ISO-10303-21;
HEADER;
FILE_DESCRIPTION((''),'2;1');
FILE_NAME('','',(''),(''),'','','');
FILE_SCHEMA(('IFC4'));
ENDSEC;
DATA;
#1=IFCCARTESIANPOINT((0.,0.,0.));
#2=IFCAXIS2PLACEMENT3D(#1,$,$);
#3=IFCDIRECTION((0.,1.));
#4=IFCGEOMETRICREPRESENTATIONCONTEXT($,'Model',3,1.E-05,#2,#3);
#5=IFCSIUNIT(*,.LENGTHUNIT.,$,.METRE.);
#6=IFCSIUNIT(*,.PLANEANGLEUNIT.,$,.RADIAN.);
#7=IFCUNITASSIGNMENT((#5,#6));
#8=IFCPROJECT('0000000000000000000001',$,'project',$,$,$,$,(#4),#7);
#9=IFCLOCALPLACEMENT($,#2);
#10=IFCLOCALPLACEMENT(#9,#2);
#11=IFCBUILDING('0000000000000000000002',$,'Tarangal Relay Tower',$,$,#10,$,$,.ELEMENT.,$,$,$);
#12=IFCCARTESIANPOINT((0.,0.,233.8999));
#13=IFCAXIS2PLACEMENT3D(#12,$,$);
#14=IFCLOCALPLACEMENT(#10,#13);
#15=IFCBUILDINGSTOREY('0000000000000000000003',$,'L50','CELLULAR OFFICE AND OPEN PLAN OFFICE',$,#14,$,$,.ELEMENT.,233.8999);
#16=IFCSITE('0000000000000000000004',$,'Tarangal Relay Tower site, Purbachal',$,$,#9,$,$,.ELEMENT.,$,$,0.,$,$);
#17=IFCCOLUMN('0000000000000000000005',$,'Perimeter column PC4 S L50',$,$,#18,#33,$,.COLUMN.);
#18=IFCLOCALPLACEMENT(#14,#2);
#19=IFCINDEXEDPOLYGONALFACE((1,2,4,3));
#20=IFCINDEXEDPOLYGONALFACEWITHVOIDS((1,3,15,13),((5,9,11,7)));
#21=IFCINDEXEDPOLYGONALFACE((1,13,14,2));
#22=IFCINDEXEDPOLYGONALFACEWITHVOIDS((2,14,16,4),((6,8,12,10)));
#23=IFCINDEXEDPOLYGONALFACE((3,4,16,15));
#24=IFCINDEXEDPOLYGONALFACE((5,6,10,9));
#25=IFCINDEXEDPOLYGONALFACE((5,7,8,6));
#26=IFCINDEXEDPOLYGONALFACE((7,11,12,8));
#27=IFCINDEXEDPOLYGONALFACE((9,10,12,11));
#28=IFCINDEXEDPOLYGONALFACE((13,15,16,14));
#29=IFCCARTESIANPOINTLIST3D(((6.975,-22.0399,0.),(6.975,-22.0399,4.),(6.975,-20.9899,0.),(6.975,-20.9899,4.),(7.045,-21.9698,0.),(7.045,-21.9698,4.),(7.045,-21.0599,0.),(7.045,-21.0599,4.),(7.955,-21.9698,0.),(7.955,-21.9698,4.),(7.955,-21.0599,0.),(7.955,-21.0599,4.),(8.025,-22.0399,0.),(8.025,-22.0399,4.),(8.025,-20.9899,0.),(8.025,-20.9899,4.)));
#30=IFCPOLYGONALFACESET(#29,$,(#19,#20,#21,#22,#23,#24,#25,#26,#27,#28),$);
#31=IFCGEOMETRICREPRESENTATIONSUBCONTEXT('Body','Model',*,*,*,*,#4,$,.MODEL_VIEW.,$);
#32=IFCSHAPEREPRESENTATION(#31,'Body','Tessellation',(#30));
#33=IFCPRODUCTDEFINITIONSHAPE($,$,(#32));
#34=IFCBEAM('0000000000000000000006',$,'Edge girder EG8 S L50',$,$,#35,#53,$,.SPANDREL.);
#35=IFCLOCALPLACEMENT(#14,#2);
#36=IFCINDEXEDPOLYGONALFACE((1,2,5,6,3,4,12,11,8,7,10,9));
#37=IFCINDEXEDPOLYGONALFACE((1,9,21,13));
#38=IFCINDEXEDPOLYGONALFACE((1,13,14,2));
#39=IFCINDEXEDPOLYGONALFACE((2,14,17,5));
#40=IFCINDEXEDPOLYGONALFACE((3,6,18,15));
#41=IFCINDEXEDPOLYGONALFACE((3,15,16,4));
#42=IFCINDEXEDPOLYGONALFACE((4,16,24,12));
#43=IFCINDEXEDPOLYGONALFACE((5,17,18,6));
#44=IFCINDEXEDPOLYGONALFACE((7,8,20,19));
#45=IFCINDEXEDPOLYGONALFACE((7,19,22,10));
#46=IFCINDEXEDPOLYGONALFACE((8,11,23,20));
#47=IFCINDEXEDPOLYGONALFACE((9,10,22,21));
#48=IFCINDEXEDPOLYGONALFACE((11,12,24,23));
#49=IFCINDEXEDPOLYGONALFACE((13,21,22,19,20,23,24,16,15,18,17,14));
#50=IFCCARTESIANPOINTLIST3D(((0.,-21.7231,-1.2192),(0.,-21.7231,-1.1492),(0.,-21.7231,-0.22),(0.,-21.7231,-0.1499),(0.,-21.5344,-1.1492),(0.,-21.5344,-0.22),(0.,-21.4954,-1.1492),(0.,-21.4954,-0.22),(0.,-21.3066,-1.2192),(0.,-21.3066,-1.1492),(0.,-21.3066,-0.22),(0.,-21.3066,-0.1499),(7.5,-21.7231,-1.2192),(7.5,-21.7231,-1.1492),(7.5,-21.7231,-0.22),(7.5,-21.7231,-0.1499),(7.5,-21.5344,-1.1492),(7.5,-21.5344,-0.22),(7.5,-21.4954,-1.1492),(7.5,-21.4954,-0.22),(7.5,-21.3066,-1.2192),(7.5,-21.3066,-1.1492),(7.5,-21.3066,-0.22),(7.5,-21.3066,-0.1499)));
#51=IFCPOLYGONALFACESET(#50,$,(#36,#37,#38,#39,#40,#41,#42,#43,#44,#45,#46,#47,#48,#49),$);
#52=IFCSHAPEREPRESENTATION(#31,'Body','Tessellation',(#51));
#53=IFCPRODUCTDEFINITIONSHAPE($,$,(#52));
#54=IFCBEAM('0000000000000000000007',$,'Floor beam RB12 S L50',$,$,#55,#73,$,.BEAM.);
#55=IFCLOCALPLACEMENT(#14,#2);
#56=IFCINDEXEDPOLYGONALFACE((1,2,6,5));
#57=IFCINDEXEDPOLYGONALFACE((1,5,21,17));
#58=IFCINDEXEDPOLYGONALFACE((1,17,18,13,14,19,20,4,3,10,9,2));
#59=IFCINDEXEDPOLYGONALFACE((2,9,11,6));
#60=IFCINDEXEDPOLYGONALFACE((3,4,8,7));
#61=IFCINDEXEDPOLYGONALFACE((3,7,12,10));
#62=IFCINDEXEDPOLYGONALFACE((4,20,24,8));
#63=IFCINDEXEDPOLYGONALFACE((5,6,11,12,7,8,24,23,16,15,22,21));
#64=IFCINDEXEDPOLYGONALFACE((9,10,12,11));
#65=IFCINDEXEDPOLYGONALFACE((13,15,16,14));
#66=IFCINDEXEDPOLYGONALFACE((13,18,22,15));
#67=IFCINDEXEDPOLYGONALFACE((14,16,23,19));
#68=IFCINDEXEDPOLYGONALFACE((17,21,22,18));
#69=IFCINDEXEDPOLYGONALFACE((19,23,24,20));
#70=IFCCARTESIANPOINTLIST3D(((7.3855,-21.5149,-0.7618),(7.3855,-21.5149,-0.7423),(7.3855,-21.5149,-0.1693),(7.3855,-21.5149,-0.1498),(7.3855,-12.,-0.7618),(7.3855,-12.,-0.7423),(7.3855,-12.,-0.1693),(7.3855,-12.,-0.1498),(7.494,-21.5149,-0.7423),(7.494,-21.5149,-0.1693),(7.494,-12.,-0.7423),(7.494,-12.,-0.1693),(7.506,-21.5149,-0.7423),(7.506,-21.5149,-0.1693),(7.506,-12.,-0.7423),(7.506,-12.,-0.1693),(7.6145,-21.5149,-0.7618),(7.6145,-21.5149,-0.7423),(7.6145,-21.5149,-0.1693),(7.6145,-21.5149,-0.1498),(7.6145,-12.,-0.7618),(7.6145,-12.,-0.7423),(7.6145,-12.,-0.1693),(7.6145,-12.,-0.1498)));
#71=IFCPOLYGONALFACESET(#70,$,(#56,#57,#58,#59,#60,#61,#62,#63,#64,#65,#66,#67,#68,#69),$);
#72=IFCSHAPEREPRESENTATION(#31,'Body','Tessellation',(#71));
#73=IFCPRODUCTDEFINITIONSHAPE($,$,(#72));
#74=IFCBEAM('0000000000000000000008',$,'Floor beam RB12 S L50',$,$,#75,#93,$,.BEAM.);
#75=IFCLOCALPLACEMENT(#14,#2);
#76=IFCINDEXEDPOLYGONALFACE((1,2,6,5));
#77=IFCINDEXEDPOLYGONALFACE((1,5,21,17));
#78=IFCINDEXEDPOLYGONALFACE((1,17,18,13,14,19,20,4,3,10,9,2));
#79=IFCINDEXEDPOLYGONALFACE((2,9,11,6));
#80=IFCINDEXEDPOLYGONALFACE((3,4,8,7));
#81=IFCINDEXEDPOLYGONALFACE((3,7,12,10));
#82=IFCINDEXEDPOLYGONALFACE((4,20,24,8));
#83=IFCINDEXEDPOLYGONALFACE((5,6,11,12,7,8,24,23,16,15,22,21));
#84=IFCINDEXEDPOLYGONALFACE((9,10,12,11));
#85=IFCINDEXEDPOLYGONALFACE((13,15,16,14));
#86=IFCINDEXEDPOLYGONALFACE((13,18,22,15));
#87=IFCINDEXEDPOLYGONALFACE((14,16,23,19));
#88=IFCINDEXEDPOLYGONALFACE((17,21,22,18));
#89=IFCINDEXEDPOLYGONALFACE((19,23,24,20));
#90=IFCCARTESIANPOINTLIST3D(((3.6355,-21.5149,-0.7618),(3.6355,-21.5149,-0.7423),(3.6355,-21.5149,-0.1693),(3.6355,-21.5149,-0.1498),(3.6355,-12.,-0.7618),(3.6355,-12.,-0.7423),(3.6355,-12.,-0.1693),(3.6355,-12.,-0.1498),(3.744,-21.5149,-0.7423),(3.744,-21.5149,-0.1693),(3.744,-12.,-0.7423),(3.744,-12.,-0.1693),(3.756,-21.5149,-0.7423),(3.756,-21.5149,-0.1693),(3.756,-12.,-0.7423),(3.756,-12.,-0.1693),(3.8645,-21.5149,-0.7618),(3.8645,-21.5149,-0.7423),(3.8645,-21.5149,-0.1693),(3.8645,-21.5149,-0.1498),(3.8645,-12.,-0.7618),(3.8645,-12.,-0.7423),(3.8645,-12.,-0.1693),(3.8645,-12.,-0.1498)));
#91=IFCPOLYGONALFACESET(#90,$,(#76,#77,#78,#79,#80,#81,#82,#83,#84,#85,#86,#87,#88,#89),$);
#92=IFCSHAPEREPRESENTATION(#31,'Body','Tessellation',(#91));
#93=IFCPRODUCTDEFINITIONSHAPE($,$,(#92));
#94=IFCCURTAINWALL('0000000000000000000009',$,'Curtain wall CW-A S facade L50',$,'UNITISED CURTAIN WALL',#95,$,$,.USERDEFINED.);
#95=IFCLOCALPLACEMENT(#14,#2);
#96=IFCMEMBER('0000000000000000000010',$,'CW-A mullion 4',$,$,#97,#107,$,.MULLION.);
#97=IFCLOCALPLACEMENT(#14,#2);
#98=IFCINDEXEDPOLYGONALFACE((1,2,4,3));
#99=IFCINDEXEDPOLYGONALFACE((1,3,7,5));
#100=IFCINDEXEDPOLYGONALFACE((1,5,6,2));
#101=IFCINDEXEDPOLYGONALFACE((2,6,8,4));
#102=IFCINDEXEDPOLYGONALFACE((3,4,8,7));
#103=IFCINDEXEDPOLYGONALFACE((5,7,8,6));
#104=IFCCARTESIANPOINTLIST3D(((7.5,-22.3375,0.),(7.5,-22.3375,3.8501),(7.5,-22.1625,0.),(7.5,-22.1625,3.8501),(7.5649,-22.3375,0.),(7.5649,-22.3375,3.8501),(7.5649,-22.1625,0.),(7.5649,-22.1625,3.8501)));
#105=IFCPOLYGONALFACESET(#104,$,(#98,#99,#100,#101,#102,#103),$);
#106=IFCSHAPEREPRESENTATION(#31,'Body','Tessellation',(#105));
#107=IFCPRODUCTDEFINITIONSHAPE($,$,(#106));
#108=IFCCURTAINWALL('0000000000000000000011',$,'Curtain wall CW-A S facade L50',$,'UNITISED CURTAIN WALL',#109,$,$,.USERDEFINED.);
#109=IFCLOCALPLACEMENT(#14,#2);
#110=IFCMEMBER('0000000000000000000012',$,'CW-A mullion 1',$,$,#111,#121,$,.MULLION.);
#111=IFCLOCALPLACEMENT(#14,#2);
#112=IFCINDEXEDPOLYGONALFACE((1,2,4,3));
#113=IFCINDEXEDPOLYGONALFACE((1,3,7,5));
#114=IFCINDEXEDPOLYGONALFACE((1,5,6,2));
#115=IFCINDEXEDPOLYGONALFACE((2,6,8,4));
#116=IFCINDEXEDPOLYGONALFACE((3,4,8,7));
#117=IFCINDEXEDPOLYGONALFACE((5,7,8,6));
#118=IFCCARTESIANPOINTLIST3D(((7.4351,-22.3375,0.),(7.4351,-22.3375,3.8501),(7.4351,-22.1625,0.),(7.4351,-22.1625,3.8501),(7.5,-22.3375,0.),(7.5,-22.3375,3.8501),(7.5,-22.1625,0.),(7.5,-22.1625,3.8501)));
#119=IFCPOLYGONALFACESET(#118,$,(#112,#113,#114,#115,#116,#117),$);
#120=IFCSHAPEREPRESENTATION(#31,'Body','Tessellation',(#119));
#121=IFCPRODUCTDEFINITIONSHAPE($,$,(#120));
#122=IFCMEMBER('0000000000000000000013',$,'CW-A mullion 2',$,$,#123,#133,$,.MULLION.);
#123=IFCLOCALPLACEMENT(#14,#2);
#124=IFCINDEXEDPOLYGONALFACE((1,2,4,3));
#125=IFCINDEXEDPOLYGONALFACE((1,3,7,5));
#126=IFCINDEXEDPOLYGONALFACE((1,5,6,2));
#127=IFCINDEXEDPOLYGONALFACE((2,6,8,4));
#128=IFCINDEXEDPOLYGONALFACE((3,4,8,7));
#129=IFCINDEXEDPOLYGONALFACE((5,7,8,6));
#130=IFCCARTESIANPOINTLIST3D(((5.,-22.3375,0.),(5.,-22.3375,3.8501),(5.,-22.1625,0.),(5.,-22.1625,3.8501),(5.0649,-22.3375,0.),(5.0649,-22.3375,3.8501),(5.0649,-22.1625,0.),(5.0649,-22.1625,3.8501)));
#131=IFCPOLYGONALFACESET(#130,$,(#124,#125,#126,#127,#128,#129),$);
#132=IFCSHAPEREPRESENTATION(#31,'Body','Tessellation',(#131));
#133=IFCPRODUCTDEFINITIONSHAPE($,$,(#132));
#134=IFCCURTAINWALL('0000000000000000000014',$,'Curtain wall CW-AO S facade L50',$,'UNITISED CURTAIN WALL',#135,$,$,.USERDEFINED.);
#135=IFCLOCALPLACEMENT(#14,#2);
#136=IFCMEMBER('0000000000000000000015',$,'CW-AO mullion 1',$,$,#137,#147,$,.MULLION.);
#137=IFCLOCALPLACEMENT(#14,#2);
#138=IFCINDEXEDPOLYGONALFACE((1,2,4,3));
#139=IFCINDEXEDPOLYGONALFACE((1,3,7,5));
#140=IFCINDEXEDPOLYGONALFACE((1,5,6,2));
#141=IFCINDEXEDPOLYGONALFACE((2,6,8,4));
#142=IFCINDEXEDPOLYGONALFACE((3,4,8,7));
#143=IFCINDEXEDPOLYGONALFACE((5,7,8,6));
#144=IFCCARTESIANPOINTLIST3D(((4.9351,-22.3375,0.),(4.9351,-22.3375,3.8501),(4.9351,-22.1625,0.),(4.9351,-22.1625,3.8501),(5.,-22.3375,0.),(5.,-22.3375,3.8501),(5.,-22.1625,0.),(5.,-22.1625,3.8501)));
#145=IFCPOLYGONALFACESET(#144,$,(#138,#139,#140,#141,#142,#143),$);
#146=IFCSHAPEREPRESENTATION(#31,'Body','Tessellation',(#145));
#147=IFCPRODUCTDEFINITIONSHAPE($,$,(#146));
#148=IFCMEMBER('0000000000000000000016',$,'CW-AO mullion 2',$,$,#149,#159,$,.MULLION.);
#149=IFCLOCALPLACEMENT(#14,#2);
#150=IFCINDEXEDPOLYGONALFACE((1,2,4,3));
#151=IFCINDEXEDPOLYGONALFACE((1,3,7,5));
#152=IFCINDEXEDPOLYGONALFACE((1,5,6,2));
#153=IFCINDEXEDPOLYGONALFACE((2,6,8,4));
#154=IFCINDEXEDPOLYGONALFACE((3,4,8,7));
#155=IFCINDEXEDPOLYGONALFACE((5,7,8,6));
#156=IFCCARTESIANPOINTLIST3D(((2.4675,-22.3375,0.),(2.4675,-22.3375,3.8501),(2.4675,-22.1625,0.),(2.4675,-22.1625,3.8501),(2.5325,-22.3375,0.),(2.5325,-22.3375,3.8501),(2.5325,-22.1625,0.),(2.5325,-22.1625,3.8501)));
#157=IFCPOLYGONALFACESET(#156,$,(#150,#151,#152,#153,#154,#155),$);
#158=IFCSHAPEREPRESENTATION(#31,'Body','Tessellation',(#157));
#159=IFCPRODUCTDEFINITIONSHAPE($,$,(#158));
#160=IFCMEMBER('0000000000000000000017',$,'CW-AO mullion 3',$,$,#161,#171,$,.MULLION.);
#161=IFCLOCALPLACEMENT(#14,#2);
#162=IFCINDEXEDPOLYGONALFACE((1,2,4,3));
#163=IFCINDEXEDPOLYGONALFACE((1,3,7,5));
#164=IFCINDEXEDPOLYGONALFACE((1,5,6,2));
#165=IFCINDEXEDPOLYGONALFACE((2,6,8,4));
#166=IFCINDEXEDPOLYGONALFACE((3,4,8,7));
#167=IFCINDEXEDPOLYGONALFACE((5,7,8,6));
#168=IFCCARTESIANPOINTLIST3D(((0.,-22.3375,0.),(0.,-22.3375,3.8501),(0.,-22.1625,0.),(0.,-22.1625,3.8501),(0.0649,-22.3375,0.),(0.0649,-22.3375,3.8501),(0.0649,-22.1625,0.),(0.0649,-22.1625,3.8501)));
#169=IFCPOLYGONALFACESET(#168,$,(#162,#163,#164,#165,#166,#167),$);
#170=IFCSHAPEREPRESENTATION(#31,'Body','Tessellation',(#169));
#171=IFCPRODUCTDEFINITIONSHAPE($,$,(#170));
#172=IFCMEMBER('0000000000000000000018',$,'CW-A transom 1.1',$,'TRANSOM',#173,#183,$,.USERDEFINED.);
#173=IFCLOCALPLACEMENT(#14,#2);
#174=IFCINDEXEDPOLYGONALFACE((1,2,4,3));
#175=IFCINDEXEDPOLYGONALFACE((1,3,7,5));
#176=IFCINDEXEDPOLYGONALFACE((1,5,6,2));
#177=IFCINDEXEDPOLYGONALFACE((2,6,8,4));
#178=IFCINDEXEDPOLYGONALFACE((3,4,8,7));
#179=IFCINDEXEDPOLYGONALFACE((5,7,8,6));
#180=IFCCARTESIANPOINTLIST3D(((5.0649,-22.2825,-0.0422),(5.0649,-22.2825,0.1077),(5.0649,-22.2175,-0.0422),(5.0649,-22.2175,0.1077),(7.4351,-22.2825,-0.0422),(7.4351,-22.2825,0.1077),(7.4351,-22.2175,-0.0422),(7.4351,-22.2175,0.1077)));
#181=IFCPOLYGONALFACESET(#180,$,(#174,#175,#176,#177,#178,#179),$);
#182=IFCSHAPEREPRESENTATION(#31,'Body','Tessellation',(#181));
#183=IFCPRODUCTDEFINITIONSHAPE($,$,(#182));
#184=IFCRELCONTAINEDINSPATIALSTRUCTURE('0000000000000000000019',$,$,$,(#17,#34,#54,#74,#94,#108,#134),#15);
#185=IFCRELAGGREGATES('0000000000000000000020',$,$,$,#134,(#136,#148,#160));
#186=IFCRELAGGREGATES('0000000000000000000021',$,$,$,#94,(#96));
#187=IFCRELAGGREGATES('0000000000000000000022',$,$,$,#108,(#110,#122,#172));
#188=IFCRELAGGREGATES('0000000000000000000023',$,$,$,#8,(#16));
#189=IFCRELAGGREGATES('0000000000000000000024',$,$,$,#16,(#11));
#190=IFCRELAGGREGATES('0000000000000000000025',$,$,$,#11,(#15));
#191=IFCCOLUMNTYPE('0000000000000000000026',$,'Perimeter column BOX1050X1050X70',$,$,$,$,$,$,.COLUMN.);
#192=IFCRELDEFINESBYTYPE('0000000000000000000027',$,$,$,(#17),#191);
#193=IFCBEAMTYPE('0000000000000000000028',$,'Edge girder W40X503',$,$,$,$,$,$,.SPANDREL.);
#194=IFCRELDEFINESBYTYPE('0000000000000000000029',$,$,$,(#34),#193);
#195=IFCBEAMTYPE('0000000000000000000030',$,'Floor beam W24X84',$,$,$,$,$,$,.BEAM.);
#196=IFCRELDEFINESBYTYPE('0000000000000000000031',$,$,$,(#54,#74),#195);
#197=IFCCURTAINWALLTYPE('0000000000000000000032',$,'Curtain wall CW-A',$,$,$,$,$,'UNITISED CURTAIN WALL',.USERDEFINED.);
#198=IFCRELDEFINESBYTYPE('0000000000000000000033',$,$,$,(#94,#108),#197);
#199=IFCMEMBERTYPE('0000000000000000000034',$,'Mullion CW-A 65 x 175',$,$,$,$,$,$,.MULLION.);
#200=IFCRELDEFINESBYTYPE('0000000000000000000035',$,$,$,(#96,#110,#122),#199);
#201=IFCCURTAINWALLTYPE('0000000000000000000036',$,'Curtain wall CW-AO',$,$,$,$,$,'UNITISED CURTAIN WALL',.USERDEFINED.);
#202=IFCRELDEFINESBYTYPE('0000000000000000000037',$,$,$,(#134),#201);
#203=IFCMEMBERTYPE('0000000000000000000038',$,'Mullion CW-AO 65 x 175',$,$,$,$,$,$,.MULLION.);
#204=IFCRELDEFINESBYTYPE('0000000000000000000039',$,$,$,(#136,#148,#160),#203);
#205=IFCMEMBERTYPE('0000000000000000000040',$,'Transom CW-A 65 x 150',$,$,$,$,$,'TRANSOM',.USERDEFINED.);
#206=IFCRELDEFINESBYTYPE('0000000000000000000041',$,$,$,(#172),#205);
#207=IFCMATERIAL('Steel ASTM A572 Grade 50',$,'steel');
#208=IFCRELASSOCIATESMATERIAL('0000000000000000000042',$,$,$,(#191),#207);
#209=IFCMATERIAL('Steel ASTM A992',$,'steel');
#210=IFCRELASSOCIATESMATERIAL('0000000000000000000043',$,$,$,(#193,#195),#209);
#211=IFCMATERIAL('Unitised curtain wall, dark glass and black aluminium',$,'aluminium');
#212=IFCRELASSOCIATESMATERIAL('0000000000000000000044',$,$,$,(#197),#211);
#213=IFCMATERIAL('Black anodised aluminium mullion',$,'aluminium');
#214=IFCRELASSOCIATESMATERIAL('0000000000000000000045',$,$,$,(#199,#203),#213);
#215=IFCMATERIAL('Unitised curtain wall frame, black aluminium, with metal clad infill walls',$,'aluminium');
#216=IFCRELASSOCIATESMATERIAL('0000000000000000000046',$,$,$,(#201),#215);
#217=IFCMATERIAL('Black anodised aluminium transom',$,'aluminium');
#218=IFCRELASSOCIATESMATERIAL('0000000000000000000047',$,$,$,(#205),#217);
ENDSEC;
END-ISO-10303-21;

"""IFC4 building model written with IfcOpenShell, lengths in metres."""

from ifc_helpers import new_model, si_unit, direction, frame, origin, origin_2d, place, context, subcontext, project, spatial, rectangle, hollow_rectangle, i_section, extrude, material, material_profile, profile_set, type_object, element, aggregate, save


model = new_model("IFC4")

# Units and contexts
model_context = context("Model", 3, precision=1e-05, world=origin(), true_north=direction((0.0, 1.0)))
body_context = subcontext(model_context, "Body", "Model", "MODEL_VIEW")
ifc_project = project(units=[si_unit("LENGTHUNIT", "METRE"), si_unit("PLANEANGLEUNIT", "RADIAN")], contexts=[model_context])

# Site, building, storey
site_placement = place(None, origin())
site = spatial("IfcSite", under=ifc_project, at=site_placement, Name="Tarangal Relay Tower site, Purbachal", CompositionType="ELEMENT", RefElevation=0.0)
building_placement = place(site_placement, origin())
building = spatial("IfcBuilding", under=site, at=building_placement, Name="Tarangal Relay Tower", CompositionType="ELEMENT")
storey_placement = place(building_placement, frame((0.0, 0.0, 233.8999)))
storey = spatial("IfcBuildingStorey", under=building, at=storey_placement, Name="L50", Description="CELLULAR OFFICE AND OPEN PLAN OFFICE", CompositionType="ELEMENT", Elevation=233.8999)

# Column
ifc_material_1 = material(Name="Steel ASTM A572 Grade 50", Category="steel")
ifc_material_profile_1 = material_profile(ifc_material_1, hollow_rectangle(XDim=1.05, YDim=1.05, WallThickness=0.0701, at=origin_2d()), Name="BOX1050X1050X70")
ifc_profile_set_1 = profile_set([ifc_material_profile_1], Name="Steel ASTM A572 Grade 50")
column_type = type_object("IfcColumnType", Name="Perimeter column BOX1050X1050X70", PredefinedType="COLUMN", material=ifc_profile_set_1)
column_placement = place(storey_placement, frame((7.5, -21.5149, 0.0), z_axis=(0.0, 0.0, 1.0), x_axis=(1.0, 0.0, 0.0)))
element("IfcColumn", 1, at=column_placement, inside=storey, type_object=column_type, Name="Perimeter column PC4 S L50", PredefinedType="COLUMN", context=body_context, shape_type="SweptSolid", body=[
    extrude(hollow_rectangle(XDim=1.05, YDim=1.05, WallThickness=0.0701, at=origin_2d()), origin(), (0.0, 0.0, 1.0), 4.0),
])

# Beams
ifc_material_2 = material(Name="Steel ASTM A992", Category="steel")
ifc_material_profile_2 = material_profile(ifc_material_2, i_section(OverallWidth=0.4165, OverallDepth=1.0693, WebThickness=0.0391, FlangeThickness=0.0701, at=origin_2d()), Name="W40X503")
ifc_profile_set_2 = profile_set([ifc_material_profile_2], Name="Steel ASTM A992")
beam_type_1 = type_object("IfcBeamType", Name="Edge girder W40X503", PredefinedType="SPANDREL", material=ifc_profile_set_2)
beam_placement = place(storey_placement, frame((7.5, -21.5149, -0.6846), z_axis=(-1.0, 0.0, 0.0), x_axis=(0.0, -1.0, 0.0)))
element("IfcBeam", 2, at=beam_placement, inside=storey, type_object=beam_type_1, Name="Edge girder EG8 S L50", PredefinedType="SPANDREL", context=body_context, shape_type="SweptSolid", body=[
    extrude(i_section(OverallWidth=0.4165, OverallDepth=1.0693, WebThickness=0.0391, FlangeThickness=0.0701, at=origin_2d()), origin(), (0.0, 0.0, 1.0), 7.5),
])
ifc_material_profile_3 = material_profile(ifc_material_2, i_section(OverallWidth=0.229, OverallDepth=0.6121, WebThickness=0.012, FlangeThickness=0.0195, at=origin_2d()), Name="W24X84")
ifc_profile_set_3 = profile_set([ifc_material_profile_3], Name="Steel ASTM A992")
beam_type_2 = type_object("IfcBeamType", Name="Floor beam W24X84", PredefinedType="BEAM", material=ifc_profile_set_3)
for number, where, z_axis, x_axis, name in (
    (3, (7.5, -12.0, -0.4558), (0.0, -1.0, 0.0), (1.0, 0.0, 0.0), "Floor beam RB12 S L50"),
    (4, (3.75, -12.0, -0.4558), (0.0, -1.0, 0.0), (1.0, 0.0, 0.0), "Floor beam RB12 S L50"),
):
    element("IfcBeam", number, at=place(storey_placement, frame(where, z_axis=z_axis, x_axis=x_axis)), inside=storey, type_object=beam_type_2, Name=name, PredefinedType="BEAM", context=body_context, shape_type="SweptSolid", body=[
        extrude(i_section(OverallWidth=0.229, OverallDepth=0.6121, WebThickness=0.012, FlangeThickness=0.0195, at=origin_2d()), origin(), (0.0, 0.0, 1.0), 9.5149),
    ])

# Curtain wall, member
ifc_material_3 = material(Name="Unitised curtain wall, dark glass and black aluminium", Category="aluminium")
curtain_wall_type_1 = type_object("IfcCurtainWallType", Name="Curtain wall CW-A", ElementType="UNITISED CURTAIN WALL", PredefinedType="USERDEFINED", material=ifc_material_3)
curtain_wall_1_placement = place(storey_placement, origin())
curtain_wall_1 = element("IfcCurtainWall", 5, at=curtain_wall_1_placement, inside=storey, type_object=curtain_wall_type_1, Name="Curtain wall CW-A S facade L50", ObjectType="UNITISED CURTAIN WALL", PredefinedType="USERDEFINED")
ifc_material_4 = material(Name="Black anodised aluminium mullion", Category="aluminium")
ifc_material_profile_4 = material_profile(ifc_material_4, rectangle(XDim=0.175, YDim=0.0649, at=origin_2d()), Name="CW-AM 65X175")
ifc_profile_set_4 = profile_set([ifc_material_profile_4], Name="Black anodised aluminium mullion")
member_type_1 = type_object("IfcMemberType", Name="Mullion CW-A 65 x 175", PredefinedType="MULLION", material=ifc_profile_set_4)
member_1_placement = place(storey_placement, frame((7.5325, -22.25, 0.0), z_axis=(0.0, 0.0, 1.0), x_axis=(0.0, -1.0, 0.0)))
member_1 = element("IfcMember", 6, at=member_1_placement, type_object=member_type_1, Name="CW-A mullion 4", PredefinedType="MULLION", context=body_context, shape_type="SweptSolid", body=[
    extrude(rectangle(XDim=0.175, YDim=0.0649, at=origin_2d()), origin(), (0.0, 0.0, 1.0), 3.8501),
])

# Curtain walls, members
curtain_wall_2_placement = place(storey_placement, origin())
curtain_wall_2 = element("IfcCurtainWall", 7, at=curtain_wall_2_placement, inside=storey, type_object=curtain_wall_type_1, Name="Curtain wall CW-A S facade L50", ObjectType="UNITISED CURTAIN WALL", PredefinedType="USERDEFINED")
member_2_placement = place(storey_placement, frame((7.4675, -22.25, 0.0), z_axis=(0.0, 0.0, 1.0), x_axis=(0.0, -1.0, 0.0)))
member_2 = element("IfcMember", 8, at=member_2_placement, type_object=member_type_1, Name="CW-A mullion 1", PredefinedType="MULLION", context=body_context, shape_type="SweptSolid", body=[
    extrude(rectangle(XDim=0.175, YDim=0.0649, at=origin_2d()), origin(), (0.0, 0.0, 1.0), 3.8501),
])
member_3_placement = place(storey_placement, frame((5.0325, -22.25, 0.0), z_axis=(0.0, 0.0, 1.0), x_axis=(0.0, -1.0, 0.0)))
member_3 = element("IfcMember", 9, at=member_3_placement, type_object=member_type_1, Name="CW-A mullion 2", PredefinedType="MULLION", context=body_context, shape_type="SweptSolid", body=[
    extrude(rectangle(XDim=0.175, YDim=0.0649, at=origin_2d()), origin(), (0.0, 0.0, 1.0), 3.8501),
])
ifc_material_5 = material(Name="Unitised curtain wall frame, black aluminium, with metal clad infill walls", Category="aluminium")
curtain_wall_type_2 = type_object("IfcCurtainWallType", Name="Curtain wall CW-AO", ElementType="UNITISED CURTAIN WALL", PredefinedType="USERDEFINED", material=ifc_material_5)
curtain_wall_3_placement = place(storey_placement, origin())
curtain_wall_3 = element("IfcCurtainWall", 10, at=curtain_wall_3_placement, inside=storey, type_object=curtain_wall_type_2, Name="Curtain wall CW-AO S facade L50", ObjectType="UNITISED CURTAIN WALL", PredefinedType="USERDEFINED")
ifc_material_profile_5 = material_profile(ifc_material_4, rectangle(XDim=0.175, YDim=0.0649, at=origin_2d()), Name="CW-AOM 65X175")
ifc_profile_set_5 = profile_set([ifc_material_profile_5], Name="Black anodised aluminium mullion")
member_type_2 = type_object("IfcMemberType", Name="Mullion CW-AO 65 x 175", PredefinedType="MULLION", material=ifc_profile_set_5)
member_4_placement = place(storey_placement, frame((4.9675, -22.25, 0.0), z_axis=(0.0, 0.0, 1.0), x_axis=(0.0, -1.0, 0.0)))
member_4 = element("IfcMember", 11, at=member_4_placement, type_object=member_type_2, Name="CW-AO mullion 1", PredefinedType="MULLION", context=body_context, shape_type="SweptSolid", body=[
    extrude(rectangle(XDim=0.175, YDim=0.0649, at=origin_2d()), origin(), (0.0, 0.0, 1.0), 3.8501),
])
member_5_placement = place(storey_placement, frame((2.5, -22.25, 0.0), z_axis=(0.0, 0.0, 1.0), x_axis=(0.0, -1.0, 0.0)))
member_5 = element("IfcMember", 12, at=member_5_placement, type_object=member_type_2, Name="CW-AO mullion 2", PredefinedType="MULLION", context=body_context, shape_type="SweptSolid", body=[
    extrude(rectangle(XDim=0.175, YDim=0.0649, at=origin_2d()), origin(), (0.0, 0.0, 1.0), 3.8501),
])
member_6_placement = place(storey_placement, frame((0.0325, -22.25, 0.0), z_axis=(0.0, 0.0, 1.0), x_axis=(0.0, -1.0, 0.0)))
member_6 = element("IfcMember", 13, at=member_6_placement, type_object=member_type_2, Name="CW-AO mullion 3", PredefinedType="MULLION", context=body_context, shape_type="SweptSolid", body=[
    extrude(rectangle(XDim=0.175, YDim=0.0649, at=origin_2d()), origin(), (0.0, 0.0, 1.0), 3.8501),
])

# Member
ifc_material_6 = material(Name="Black anodised aluminium transom", Category="aluminium")
ifc_material_profile_6 = material_profile(ifc_material_6, rectangle(XDim=0.0649, YDim=0.1499, at=origin_2d()), Name="CW-AT 65X150")
ifc_profile_set_6 = profile_set([ifc_material_profile_6], Name="Black anodised aluminium transom")
member_type_3 = type_object("IfcMemberType", Name="Transom CW-A 65 x 150", ElementType="TRANSOM", PredefinedType="USERDEFINED", material=ifc_profile_set_6)
member_7_placement = place(storey_placement, frame((7.4351, -22.25, 0.0327), z_axis=(-1.0, 0.0, 0.0), x_axis=(0.0, -1.0, 0.0)))
member_7 = element("IfcMember", 14, at=member_7_placement, type_object=member_type_3, Name="CW-A transom 1.1", ObjectType="TRANSOM", PredefinedType="USERDEFINED", context=body_context, shape_type="SweptSolid", body=[
    extrude(rectangle(XDim=0.0649, YDim=0.1499, at=origin_2d()), origin(), (0.0, 0.0, 1.0), 2.3701),
])
aggregate(curtain_wall_3, [member_4, member_5, member_6])

aggregate(curtain_wall_1, [member_1])
aggregate(curtain_wall_2, [member_2, member_3, member_7])

save(model, "model.ifc")
